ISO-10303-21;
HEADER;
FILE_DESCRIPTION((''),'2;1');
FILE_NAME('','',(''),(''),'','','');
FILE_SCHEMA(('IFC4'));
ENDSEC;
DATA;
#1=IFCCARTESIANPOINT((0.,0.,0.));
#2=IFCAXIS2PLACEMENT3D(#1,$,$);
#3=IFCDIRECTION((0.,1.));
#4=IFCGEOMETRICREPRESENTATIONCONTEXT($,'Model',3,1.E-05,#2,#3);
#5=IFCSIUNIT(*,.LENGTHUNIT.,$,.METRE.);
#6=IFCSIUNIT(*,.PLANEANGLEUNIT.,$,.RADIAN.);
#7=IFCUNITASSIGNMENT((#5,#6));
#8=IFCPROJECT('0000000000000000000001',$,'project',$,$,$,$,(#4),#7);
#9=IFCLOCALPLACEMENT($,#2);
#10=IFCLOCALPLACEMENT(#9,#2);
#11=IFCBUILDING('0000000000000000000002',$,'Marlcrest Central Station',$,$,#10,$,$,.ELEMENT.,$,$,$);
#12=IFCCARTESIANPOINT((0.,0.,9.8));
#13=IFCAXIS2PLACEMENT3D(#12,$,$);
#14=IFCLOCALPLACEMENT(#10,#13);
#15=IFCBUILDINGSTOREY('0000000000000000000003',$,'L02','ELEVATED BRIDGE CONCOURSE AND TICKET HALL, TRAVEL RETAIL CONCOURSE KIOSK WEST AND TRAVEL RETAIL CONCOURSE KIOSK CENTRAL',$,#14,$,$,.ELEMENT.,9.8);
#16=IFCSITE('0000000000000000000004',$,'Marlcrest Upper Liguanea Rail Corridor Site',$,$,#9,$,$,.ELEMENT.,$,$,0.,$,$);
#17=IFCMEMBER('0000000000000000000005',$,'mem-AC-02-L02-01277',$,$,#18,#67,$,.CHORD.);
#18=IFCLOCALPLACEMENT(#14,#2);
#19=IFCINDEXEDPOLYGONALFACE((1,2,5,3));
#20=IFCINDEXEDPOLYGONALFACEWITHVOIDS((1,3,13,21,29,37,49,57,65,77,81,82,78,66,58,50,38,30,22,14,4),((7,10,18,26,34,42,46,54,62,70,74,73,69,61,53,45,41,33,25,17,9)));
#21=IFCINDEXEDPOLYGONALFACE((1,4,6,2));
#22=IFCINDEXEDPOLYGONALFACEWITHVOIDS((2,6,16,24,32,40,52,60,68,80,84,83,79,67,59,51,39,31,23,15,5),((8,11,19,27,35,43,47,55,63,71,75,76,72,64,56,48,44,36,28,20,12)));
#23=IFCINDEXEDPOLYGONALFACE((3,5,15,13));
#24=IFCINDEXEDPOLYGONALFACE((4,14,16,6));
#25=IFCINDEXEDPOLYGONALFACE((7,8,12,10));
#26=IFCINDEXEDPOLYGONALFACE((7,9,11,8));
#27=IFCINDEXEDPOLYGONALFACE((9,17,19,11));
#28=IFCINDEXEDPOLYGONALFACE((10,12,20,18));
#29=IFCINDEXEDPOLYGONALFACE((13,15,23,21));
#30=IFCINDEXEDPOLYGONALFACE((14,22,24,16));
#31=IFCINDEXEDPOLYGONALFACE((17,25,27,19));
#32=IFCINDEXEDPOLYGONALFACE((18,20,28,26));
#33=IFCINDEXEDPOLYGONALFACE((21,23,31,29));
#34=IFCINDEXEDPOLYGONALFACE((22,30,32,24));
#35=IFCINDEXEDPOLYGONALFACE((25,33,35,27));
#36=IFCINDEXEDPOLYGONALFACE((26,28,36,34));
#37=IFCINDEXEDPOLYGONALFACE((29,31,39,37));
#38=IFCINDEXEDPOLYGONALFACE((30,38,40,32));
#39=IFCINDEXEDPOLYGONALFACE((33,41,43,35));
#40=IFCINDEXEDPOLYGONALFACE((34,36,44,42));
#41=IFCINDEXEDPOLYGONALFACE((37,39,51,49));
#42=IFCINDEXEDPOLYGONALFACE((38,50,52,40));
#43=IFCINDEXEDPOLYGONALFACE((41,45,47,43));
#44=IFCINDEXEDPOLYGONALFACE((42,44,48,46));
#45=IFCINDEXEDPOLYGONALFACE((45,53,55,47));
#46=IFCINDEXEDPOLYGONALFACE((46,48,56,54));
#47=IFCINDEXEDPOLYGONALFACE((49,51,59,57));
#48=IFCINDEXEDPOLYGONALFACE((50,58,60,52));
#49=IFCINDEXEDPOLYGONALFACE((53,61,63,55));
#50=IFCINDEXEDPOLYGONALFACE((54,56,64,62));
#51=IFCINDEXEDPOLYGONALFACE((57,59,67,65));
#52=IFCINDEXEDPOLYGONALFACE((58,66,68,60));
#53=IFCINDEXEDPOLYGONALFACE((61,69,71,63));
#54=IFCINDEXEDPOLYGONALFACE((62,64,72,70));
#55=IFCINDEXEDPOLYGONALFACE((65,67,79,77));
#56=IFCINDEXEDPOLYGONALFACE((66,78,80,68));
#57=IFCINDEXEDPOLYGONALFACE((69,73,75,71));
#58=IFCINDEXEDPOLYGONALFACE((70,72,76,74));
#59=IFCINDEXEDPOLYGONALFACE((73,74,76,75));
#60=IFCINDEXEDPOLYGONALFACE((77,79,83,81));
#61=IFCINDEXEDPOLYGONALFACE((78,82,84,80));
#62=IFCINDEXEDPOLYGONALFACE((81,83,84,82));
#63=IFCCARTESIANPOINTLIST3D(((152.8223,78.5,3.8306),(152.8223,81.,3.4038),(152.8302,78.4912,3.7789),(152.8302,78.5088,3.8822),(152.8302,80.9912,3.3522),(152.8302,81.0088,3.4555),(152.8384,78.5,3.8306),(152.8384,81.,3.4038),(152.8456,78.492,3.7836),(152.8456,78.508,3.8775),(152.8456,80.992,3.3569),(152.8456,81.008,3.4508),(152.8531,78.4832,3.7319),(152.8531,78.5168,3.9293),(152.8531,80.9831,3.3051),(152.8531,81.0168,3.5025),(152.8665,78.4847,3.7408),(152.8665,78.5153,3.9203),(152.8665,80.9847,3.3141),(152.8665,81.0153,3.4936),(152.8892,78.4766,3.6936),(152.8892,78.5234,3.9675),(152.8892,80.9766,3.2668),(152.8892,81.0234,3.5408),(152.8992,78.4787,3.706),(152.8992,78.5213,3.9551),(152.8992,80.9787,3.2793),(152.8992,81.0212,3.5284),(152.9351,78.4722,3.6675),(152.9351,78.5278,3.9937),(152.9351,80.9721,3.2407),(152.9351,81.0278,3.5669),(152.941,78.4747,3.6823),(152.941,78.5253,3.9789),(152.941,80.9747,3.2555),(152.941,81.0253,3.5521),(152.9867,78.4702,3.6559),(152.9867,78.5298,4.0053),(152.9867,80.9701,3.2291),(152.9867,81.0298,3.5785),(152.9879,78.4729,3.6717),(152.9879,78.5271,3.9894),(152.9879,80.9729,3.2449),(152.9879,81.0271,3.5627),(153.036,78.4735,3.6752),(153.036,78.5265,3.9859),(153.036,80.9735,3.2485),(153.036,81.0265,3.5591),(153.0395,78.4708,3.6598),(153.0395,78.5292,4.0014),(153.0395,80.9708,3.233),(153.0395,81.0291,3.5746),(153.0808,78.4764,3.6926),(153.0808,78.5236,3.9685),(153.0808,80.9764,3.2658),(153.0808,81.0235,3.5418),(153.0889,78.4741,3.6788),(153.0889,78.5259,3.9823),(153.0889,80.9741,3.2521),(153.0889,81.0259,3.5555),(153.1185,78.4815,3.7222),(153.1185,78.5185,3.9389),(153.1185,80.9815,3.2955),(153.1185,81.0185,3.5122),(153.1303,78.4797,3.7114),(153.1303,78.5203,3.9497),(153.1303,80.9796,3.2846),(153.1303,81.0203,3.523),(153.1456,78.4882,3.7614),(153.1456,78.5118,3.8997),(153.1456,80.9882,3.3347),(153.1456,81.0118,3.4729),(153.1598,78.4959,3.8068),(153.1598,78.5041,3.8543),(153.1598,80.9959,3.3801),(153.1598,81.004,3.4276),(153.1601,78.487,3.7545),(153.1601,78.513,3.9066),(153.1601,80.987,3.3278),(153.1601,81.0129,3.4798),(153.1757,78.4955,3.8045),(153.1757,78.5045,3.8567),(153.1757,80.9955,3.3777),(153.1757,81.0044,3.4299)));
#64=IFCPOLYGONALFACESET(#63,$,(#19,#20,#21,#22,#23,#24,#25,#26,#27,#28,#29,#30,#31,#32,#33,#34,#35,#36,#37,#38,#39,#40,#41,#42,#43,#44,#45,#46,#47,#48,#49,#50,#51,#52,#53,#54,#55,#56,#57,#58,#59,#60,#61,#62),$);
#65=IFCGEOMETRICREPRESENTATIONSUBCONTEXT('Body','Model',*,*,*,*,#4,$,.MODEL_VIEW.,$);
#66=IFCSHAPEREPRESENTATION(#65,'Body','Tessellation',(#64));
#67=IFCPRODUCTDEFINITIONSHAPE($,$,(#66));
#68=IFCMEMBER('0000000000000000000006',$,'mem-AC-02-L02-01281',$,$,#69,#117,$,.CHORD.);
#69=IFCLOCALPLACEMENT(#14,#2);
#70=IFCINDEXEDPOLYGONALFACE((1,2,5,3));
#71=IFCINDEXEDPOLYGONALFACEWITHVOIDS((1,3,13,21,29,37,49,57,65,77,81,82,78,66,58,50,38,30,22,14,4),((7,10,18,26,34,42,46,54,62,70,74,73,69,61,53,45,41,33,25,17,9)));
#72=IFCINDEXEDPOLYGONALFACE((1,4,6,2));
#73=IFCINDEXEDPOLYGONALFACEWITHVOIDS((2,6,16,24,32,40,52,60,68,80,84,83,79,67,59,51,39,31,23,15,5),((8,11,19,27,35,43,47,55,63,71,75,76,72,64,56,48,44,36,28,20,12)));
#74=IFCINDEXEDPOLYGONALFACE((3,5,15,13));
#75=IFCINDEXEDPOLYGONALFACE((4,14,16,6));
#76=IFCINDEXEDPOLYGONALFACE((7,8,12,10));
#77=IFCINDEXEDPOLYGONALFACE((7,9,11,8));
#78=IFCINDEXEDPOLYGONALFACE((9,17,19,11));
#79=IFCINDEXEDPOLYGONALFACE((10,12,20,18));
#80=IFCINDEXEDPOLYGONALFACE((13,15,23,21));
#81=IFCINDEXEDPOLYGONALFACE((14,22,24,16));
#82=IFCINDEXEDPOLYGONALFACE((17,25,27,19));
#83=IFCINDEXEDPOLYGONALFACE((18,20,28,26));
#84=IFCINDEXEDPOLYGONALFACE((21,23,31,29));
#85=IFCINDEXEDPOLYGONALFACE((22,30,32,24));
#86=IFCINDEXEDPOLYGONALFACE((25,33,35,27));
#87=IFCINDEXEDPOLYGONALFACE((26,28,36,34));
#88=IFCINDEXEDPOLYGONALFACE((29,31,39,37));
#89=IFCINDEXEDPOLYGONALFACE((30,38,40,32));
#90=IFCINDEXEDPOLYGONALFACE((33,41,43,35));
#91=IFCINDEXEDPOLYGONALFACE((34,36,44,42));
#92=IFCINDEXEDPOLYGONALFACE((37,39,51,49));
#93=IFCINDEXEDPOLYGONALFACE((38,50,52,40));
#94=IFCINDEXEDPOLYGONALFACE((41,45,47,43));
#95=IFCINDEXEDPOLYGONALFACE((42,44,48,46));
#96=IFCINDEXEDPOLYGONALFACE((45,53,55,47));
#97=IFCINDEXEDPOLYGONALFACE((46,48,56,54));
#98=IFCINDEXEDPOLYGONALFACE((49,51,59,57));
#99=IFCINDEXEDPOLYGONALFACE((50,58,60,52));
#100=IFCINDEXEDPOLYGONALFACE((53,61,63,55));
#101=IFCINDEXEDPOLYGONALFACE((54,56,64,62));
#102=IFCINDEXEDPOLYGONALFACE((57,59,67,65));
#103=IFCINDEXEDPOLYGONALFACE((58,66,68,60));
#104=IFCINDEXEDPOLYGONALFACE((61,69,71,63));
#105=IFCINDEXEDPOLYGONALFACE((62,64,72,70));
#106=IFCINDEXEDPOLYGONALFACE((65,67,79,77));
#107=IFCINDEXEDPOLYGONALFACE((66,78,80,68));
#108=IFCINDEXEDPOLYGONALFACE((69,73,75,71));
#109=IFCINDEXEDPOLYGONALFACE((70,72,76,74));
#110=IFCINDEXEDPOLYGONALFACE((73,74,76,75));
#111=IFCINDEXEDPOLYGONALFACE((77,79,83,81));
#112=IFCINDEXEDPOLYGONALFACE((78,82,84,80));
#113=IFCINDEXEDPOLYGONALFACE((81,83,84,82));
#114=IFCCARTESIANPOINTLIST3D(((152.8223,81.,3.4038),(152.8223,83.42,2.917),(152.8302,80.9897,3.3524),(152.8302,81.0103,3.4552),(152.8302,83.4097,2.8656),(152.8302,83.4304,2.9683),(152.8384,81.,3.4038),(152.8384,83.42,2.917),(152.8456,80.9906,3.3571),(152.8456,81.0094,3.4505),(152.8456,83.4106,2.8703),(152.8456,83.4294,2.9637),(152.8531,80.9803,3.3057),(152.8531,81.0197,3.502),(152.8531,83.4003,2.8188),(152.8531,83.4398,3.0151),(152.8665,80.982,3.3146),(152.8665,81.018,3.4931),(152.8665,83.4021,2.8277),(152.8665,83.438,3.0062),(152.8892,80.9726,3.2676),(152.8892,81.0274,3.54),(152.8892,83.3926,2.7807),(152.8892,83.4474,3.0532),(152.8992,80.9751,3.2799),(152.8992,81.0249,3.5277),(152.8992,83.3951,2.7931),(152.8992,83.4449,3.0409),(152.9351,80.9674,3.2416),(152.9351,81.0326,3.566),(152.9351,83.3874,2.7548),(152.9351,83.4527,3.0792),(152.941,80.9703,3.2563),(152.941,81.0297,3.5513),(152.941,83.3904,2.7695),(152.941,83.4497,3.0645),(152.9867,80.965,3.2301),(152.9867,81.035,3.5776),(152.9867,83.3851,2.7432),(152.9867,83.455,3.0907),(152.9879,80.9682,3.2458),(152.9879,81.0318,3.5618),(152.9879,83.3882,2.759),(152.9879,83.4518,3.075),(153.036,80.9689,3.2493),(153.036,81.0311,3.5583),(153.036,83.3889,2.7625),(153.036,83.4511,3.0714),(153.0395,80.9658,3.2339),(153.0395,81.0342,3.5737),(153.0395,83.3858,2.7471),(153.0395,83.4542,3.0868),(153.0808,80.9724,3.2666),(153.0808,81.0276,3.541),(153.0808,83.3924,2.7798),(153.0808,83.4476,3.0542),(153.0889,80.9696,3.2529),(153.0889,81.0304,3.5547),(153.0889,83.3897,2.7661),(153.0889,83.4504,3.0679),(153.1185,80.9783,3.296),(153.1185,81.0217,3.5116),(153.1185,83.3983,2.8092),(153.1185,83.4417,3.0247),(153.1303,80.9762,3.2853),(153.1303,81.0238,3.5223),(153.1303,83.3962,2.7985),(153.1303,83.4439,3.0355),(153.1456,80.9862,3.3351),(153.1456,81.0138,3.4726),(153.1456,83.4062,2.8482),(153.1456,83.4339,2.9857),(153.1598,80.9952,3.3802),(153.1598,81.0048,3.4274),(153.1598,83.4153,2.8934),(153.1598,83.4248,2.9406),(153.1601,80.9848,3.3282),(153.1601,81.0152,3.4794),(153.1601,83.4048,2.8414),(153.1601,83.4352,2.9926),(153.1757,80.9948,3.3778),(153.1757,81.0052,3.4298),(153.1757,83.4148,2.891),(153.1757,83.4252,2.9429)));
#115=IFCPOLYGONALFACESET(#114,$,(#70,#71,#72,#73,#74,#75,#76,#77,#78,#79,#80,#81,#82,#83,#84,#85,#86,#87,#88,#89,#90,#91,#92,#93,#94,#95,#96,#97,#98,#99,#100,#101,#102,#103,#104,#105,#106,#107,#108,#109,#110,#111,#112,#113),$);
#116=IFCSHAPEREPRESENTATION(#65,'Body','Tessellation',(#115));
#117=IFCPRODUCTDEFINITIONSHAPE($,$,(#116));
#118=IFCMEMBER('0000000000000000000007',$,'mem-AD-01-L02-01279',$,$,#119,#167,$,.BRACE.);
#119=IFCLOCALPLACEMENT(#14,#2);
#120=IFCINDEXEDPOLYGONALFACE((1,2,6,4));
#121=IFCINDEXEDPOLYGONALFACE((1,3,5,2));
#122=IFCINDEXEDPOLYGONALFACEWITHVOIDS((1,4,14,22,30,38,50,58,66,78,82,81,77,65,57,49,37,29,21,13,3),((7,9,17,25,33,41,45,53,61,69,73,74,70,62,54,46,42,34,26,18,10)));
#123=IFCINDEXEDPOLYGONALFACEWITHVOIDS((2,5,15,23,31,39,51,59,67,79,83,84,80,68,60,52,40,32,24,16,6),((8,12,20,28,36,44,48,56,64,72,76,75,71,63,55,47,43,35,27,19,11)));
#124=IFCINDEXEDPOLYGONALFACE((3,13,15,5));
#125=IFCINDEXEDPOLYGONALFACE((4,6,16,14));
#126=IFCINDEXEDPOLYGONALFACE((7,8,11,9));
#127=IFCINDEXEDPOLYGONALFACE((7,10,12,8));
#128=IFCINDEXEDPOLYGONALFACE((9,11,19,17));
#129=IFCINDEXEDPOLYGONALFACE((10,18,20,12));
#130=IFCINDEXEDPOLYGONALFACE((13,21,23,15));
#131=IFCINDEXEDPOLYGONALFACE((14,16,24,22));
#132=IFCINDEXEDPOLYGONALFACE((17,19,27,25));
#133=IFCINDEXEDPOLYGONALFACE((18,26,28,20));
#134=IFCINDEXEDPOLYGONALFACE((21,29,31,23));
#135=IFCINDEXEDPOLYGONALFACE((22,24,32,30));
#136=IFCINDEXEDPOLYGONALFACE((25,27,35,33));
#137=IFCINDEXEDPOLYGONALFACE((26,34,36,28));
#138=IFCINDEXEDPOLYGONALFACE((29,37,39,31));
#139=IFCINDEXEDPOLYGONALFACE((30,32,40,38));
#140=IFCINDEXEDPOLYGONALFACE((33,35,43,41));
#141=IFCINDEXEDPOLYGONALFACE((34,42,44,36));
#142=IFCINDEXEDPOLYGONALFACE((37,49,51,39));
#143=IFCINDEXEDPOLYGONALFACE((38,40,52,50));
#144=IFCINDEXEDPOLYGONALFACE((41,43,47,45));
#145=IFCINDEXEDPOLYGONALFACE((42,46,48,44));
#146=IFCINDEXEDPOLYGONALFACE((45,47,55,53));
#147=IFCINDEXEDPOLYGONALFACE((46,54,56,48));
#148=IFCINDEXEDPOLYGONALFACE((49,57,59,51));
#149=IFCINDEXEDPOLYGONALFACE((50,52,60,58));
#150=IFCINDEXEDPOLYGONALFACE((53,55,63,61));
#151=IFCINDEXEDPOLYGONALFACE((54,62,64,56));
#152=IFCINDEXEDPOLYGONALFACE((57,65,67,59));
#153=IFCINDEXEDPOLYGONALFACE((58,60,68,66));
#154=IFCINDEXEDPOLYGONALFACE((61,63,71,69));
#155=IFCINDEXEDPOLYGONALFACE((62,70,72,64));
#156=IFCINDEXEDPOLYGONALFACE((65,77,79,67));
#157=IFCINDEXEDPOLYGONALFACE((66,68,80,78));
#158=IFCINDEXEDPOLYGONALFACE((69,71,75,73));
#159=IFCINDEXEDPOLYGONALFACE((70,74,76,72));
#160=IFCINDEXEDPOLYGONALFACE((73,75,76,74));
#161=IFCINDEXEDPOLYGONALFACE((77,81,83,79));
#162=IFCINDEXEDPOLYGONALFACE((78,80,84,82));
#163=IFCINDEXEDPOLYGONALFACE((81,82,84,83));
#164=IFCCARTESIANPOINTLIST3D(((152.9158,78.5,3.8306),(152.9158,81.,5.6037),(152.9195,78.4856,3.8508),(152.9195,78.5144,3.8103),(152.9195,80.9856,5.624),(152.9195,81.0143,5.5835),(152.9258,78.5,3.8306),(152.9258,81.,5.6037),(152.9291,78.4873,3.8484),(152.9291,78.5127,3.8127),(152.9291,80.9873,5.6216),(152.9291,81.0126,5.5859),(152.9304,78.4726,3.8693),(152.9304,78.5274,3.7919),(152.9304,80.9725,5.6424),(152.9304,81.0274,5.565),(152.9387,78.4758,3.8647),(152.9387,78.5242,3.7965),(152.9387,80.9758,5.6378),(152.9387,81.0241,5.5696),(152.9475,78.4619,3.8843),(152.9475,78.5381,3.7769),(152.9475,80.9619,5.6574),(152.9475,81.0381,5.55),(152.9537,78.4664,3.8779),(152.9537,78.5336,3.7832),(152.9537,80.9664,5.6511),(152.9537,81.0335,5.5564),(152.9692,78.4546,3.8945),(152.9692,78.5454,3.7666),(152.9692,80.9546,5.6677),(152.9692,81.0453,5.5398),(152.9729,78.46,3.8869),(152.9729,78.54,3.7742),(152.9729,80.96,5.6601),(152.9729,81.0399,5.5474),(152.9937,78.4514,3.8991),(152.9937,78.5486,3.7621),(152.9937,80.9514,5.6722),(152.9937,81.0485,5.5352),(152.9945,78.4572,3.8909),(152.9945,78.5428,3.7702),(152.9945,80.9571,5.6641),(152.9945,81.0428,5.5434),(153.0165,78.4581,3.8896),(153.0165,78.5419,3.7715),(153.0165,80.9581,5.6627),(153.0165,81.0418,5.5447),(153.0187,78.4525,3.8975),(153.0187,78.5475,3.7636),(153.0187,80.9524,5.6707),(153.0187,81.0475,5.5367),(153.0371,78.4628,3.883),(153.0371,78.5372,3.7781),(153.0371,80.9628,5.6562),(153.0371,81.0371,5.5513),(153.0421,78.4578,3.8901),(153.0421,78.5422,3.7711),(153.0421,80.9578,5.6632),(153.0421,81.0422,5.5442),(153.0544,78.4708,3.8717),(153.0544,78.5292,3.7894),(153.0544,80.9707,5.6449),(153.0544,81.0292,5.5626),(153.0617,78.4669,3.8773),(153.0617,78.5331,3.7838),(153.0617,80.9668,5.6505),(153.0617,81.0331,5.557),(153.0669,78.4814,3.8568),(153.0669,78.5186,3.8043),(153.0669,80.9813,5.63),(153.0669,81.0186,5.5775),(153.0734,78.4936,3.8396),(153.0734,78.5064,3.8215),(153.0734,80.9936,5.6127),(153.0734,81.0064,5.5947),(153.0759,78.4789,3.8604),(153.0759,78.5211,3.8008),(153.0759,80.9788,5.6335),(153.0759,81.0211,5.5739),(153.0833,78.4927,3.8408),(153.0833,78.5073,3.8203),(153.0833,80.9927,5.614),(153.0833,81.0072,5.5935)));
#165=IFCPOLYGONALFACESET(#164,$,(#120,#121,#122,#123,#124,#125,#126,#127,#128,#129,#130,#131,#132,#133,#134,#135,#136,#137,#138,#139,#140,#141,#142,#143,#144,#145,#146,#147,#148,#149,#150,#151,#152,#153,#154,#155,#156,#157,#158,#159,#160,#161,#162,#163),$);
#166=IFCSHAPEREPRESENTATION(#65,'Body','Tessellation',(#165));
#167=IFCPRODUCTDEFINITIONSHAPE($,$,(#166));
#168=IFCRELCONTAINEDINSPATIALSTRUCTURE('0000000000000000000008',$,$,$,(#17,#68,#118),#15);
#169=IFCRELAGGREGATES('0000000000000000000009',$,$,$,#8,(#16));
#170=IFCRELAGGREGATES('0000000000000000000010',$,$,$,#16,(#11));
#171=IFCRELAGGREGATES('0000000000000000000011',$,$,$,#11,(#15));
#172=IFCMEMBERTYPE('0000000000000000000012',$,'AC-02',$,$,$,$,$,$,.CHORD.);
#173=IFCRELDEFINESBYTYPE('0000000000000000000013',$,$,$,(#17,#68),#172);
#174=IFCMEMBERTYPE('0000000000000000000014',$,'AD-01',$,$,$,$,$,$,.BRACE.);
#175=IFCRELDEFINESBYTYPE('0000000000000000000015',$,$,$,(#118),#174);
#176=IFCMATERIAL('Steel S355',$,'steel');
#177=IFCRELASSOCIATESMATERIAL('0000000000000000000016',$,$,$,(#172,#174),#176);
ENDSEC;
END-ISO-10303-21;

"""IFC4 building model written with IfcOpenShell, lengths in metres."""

from ifc_helpers import new_model, si_unit, direction, frame, origin, origin_2d, place, context, subcontext, project, spatial, hollow_circle, extrude, material, material_profile, profile_set, type_object, element, save


model = new_model("IFC4")

# Units and contexts
model_context = context("Model", 3, precision=1e-05, world=origin(), true_north=direction((0.0, 1.0)))
body_context = subcontext(model_context, "Body", "Model", "MODEL_VIEW")
ifc_project = project(units=[si_unit("LENGTHUNIT", "METRE"), si_unit("PLANEANGLEUNIT", "RADIAN")], contexts=[model_context])

# Site, building, storey
site_placement = place(None, origin())
site = spatial("IfcSite", under=ifc_project, at=site_placement, Name="Marlcrest Upper Liguanea Rail Corridor Site", CompositionType="ELEMENT", RefElevation=0.0)
building_placement = place(site_placement, origin())
building = spatial("IfcBuilding", under=site, at=building_placement, Name="Marlcrest Central Station", CompositionType="ELEMENT")
storey_placement = place(building_placement, frame((0.0, 0.0, 9.8)))
storey = spatial("IfcBuildingStorey", under=building, at=storey_placement, Name="L02", Description="ELEVATED BRIDGE CONCOURSE AND TICKET HALL, TRAVEL RETAIL CONCOURSE KIOSK WEST AND TRAVEL RETAIL CONCOURSE KIOSK CENTRAL", CompositionType="ELEMENT", Elevation=9.8)

# Members
ifc_material_1 = material(Name="Steel S355", Category="steel")
ifc_material_profile_1 = material_profile(ifc_material_1, hollow_circle(Radius=0.1777, WallThickness=0.0161, at=origin_2d()), Name="CHS 355.6x16")
ifc_profile_set_1 = profile_set([ifc_material_profile_1], Name="Steel S355")
member_type_1 = type_object("IfcMemberType", Name="AC-02", PredefinedType="CHORD", material=ifc_profile_set_1)
member_1_placement = place(storey_placement, frame((153.0, 78.5, 3.8306), z_axis=(0.0, 0.985741, -0.168269), x_axis=(-1.0, 0.0, 0.0)))
element("IfcMember", 1, at=member_1_placement, inside=storey, type_object=member_type_1, Name="mem-AC-02-L02-01277", PredefinedType="CHORD", context=body_context, shape_type="SweptSolid", body=[
    extrude(hollow_circle(Radius=0.1777, WallThickness=0.0161, at=origin_2d()), origin(), (0.0, 0.0, 1.0), 2.5361),
])
member_2_placement = place(storey_placement, frame((153.0, 81.0, 3.4038), z_axis=(0.0, 0.980359, -0.197219), x_axis=(-1.0, 0.0, 0.0)))
element("IfcMember", 2, at=member_2_placement, inside=storey, type_object=member_type_1, Name="mem-AC-02-L02-01281", PredefinedType="CHORD", context=body_context, shape_type="SweptSolid", body=[
    extrude(hollow_circle(Radius=0.1777, WallThickness=0.0161, at=origin_2d()), origin(), (0.0, 0.0, 1.0), 2.4685),
])
ifc_material_profile_2 = material_profile(ifc_material_1, hollow_circle(Radius=0.0842, WallThickness=0.01, at=origin_2d()), Name="CHS 168.3x10")
ifc_profile_set_2 = profile_set([ifc_material_profile_2], Name="Steel S355")
member_type_2 = type_object("IfcMemberType", Name="AD-01", PredefinedType="BRACE", material=ifc_profile_set_2)
member_3_placement = place(storey_placement, frame((153.0, 78.5, 3.8306), z_axis=(0.0, 0.815661, 0.57853), x_axis=(-1.0, 0.0, 0.0)))
element("IfcMember", 3, at=member_3_placement, inside=storey, type_object=member_type_2, Name="mem-AD-01-L02-01279", PredefinedType="BRACE", context=body_context, shape_type="SweptSolid", body=[
    extrude(hollow_circle(Radius=0.0842, WallThickness=0.01, at=origin_2d()), origin(), (0.0, 0.0, 1.0), 3.0649),
])

save(model, "model.ifc")
